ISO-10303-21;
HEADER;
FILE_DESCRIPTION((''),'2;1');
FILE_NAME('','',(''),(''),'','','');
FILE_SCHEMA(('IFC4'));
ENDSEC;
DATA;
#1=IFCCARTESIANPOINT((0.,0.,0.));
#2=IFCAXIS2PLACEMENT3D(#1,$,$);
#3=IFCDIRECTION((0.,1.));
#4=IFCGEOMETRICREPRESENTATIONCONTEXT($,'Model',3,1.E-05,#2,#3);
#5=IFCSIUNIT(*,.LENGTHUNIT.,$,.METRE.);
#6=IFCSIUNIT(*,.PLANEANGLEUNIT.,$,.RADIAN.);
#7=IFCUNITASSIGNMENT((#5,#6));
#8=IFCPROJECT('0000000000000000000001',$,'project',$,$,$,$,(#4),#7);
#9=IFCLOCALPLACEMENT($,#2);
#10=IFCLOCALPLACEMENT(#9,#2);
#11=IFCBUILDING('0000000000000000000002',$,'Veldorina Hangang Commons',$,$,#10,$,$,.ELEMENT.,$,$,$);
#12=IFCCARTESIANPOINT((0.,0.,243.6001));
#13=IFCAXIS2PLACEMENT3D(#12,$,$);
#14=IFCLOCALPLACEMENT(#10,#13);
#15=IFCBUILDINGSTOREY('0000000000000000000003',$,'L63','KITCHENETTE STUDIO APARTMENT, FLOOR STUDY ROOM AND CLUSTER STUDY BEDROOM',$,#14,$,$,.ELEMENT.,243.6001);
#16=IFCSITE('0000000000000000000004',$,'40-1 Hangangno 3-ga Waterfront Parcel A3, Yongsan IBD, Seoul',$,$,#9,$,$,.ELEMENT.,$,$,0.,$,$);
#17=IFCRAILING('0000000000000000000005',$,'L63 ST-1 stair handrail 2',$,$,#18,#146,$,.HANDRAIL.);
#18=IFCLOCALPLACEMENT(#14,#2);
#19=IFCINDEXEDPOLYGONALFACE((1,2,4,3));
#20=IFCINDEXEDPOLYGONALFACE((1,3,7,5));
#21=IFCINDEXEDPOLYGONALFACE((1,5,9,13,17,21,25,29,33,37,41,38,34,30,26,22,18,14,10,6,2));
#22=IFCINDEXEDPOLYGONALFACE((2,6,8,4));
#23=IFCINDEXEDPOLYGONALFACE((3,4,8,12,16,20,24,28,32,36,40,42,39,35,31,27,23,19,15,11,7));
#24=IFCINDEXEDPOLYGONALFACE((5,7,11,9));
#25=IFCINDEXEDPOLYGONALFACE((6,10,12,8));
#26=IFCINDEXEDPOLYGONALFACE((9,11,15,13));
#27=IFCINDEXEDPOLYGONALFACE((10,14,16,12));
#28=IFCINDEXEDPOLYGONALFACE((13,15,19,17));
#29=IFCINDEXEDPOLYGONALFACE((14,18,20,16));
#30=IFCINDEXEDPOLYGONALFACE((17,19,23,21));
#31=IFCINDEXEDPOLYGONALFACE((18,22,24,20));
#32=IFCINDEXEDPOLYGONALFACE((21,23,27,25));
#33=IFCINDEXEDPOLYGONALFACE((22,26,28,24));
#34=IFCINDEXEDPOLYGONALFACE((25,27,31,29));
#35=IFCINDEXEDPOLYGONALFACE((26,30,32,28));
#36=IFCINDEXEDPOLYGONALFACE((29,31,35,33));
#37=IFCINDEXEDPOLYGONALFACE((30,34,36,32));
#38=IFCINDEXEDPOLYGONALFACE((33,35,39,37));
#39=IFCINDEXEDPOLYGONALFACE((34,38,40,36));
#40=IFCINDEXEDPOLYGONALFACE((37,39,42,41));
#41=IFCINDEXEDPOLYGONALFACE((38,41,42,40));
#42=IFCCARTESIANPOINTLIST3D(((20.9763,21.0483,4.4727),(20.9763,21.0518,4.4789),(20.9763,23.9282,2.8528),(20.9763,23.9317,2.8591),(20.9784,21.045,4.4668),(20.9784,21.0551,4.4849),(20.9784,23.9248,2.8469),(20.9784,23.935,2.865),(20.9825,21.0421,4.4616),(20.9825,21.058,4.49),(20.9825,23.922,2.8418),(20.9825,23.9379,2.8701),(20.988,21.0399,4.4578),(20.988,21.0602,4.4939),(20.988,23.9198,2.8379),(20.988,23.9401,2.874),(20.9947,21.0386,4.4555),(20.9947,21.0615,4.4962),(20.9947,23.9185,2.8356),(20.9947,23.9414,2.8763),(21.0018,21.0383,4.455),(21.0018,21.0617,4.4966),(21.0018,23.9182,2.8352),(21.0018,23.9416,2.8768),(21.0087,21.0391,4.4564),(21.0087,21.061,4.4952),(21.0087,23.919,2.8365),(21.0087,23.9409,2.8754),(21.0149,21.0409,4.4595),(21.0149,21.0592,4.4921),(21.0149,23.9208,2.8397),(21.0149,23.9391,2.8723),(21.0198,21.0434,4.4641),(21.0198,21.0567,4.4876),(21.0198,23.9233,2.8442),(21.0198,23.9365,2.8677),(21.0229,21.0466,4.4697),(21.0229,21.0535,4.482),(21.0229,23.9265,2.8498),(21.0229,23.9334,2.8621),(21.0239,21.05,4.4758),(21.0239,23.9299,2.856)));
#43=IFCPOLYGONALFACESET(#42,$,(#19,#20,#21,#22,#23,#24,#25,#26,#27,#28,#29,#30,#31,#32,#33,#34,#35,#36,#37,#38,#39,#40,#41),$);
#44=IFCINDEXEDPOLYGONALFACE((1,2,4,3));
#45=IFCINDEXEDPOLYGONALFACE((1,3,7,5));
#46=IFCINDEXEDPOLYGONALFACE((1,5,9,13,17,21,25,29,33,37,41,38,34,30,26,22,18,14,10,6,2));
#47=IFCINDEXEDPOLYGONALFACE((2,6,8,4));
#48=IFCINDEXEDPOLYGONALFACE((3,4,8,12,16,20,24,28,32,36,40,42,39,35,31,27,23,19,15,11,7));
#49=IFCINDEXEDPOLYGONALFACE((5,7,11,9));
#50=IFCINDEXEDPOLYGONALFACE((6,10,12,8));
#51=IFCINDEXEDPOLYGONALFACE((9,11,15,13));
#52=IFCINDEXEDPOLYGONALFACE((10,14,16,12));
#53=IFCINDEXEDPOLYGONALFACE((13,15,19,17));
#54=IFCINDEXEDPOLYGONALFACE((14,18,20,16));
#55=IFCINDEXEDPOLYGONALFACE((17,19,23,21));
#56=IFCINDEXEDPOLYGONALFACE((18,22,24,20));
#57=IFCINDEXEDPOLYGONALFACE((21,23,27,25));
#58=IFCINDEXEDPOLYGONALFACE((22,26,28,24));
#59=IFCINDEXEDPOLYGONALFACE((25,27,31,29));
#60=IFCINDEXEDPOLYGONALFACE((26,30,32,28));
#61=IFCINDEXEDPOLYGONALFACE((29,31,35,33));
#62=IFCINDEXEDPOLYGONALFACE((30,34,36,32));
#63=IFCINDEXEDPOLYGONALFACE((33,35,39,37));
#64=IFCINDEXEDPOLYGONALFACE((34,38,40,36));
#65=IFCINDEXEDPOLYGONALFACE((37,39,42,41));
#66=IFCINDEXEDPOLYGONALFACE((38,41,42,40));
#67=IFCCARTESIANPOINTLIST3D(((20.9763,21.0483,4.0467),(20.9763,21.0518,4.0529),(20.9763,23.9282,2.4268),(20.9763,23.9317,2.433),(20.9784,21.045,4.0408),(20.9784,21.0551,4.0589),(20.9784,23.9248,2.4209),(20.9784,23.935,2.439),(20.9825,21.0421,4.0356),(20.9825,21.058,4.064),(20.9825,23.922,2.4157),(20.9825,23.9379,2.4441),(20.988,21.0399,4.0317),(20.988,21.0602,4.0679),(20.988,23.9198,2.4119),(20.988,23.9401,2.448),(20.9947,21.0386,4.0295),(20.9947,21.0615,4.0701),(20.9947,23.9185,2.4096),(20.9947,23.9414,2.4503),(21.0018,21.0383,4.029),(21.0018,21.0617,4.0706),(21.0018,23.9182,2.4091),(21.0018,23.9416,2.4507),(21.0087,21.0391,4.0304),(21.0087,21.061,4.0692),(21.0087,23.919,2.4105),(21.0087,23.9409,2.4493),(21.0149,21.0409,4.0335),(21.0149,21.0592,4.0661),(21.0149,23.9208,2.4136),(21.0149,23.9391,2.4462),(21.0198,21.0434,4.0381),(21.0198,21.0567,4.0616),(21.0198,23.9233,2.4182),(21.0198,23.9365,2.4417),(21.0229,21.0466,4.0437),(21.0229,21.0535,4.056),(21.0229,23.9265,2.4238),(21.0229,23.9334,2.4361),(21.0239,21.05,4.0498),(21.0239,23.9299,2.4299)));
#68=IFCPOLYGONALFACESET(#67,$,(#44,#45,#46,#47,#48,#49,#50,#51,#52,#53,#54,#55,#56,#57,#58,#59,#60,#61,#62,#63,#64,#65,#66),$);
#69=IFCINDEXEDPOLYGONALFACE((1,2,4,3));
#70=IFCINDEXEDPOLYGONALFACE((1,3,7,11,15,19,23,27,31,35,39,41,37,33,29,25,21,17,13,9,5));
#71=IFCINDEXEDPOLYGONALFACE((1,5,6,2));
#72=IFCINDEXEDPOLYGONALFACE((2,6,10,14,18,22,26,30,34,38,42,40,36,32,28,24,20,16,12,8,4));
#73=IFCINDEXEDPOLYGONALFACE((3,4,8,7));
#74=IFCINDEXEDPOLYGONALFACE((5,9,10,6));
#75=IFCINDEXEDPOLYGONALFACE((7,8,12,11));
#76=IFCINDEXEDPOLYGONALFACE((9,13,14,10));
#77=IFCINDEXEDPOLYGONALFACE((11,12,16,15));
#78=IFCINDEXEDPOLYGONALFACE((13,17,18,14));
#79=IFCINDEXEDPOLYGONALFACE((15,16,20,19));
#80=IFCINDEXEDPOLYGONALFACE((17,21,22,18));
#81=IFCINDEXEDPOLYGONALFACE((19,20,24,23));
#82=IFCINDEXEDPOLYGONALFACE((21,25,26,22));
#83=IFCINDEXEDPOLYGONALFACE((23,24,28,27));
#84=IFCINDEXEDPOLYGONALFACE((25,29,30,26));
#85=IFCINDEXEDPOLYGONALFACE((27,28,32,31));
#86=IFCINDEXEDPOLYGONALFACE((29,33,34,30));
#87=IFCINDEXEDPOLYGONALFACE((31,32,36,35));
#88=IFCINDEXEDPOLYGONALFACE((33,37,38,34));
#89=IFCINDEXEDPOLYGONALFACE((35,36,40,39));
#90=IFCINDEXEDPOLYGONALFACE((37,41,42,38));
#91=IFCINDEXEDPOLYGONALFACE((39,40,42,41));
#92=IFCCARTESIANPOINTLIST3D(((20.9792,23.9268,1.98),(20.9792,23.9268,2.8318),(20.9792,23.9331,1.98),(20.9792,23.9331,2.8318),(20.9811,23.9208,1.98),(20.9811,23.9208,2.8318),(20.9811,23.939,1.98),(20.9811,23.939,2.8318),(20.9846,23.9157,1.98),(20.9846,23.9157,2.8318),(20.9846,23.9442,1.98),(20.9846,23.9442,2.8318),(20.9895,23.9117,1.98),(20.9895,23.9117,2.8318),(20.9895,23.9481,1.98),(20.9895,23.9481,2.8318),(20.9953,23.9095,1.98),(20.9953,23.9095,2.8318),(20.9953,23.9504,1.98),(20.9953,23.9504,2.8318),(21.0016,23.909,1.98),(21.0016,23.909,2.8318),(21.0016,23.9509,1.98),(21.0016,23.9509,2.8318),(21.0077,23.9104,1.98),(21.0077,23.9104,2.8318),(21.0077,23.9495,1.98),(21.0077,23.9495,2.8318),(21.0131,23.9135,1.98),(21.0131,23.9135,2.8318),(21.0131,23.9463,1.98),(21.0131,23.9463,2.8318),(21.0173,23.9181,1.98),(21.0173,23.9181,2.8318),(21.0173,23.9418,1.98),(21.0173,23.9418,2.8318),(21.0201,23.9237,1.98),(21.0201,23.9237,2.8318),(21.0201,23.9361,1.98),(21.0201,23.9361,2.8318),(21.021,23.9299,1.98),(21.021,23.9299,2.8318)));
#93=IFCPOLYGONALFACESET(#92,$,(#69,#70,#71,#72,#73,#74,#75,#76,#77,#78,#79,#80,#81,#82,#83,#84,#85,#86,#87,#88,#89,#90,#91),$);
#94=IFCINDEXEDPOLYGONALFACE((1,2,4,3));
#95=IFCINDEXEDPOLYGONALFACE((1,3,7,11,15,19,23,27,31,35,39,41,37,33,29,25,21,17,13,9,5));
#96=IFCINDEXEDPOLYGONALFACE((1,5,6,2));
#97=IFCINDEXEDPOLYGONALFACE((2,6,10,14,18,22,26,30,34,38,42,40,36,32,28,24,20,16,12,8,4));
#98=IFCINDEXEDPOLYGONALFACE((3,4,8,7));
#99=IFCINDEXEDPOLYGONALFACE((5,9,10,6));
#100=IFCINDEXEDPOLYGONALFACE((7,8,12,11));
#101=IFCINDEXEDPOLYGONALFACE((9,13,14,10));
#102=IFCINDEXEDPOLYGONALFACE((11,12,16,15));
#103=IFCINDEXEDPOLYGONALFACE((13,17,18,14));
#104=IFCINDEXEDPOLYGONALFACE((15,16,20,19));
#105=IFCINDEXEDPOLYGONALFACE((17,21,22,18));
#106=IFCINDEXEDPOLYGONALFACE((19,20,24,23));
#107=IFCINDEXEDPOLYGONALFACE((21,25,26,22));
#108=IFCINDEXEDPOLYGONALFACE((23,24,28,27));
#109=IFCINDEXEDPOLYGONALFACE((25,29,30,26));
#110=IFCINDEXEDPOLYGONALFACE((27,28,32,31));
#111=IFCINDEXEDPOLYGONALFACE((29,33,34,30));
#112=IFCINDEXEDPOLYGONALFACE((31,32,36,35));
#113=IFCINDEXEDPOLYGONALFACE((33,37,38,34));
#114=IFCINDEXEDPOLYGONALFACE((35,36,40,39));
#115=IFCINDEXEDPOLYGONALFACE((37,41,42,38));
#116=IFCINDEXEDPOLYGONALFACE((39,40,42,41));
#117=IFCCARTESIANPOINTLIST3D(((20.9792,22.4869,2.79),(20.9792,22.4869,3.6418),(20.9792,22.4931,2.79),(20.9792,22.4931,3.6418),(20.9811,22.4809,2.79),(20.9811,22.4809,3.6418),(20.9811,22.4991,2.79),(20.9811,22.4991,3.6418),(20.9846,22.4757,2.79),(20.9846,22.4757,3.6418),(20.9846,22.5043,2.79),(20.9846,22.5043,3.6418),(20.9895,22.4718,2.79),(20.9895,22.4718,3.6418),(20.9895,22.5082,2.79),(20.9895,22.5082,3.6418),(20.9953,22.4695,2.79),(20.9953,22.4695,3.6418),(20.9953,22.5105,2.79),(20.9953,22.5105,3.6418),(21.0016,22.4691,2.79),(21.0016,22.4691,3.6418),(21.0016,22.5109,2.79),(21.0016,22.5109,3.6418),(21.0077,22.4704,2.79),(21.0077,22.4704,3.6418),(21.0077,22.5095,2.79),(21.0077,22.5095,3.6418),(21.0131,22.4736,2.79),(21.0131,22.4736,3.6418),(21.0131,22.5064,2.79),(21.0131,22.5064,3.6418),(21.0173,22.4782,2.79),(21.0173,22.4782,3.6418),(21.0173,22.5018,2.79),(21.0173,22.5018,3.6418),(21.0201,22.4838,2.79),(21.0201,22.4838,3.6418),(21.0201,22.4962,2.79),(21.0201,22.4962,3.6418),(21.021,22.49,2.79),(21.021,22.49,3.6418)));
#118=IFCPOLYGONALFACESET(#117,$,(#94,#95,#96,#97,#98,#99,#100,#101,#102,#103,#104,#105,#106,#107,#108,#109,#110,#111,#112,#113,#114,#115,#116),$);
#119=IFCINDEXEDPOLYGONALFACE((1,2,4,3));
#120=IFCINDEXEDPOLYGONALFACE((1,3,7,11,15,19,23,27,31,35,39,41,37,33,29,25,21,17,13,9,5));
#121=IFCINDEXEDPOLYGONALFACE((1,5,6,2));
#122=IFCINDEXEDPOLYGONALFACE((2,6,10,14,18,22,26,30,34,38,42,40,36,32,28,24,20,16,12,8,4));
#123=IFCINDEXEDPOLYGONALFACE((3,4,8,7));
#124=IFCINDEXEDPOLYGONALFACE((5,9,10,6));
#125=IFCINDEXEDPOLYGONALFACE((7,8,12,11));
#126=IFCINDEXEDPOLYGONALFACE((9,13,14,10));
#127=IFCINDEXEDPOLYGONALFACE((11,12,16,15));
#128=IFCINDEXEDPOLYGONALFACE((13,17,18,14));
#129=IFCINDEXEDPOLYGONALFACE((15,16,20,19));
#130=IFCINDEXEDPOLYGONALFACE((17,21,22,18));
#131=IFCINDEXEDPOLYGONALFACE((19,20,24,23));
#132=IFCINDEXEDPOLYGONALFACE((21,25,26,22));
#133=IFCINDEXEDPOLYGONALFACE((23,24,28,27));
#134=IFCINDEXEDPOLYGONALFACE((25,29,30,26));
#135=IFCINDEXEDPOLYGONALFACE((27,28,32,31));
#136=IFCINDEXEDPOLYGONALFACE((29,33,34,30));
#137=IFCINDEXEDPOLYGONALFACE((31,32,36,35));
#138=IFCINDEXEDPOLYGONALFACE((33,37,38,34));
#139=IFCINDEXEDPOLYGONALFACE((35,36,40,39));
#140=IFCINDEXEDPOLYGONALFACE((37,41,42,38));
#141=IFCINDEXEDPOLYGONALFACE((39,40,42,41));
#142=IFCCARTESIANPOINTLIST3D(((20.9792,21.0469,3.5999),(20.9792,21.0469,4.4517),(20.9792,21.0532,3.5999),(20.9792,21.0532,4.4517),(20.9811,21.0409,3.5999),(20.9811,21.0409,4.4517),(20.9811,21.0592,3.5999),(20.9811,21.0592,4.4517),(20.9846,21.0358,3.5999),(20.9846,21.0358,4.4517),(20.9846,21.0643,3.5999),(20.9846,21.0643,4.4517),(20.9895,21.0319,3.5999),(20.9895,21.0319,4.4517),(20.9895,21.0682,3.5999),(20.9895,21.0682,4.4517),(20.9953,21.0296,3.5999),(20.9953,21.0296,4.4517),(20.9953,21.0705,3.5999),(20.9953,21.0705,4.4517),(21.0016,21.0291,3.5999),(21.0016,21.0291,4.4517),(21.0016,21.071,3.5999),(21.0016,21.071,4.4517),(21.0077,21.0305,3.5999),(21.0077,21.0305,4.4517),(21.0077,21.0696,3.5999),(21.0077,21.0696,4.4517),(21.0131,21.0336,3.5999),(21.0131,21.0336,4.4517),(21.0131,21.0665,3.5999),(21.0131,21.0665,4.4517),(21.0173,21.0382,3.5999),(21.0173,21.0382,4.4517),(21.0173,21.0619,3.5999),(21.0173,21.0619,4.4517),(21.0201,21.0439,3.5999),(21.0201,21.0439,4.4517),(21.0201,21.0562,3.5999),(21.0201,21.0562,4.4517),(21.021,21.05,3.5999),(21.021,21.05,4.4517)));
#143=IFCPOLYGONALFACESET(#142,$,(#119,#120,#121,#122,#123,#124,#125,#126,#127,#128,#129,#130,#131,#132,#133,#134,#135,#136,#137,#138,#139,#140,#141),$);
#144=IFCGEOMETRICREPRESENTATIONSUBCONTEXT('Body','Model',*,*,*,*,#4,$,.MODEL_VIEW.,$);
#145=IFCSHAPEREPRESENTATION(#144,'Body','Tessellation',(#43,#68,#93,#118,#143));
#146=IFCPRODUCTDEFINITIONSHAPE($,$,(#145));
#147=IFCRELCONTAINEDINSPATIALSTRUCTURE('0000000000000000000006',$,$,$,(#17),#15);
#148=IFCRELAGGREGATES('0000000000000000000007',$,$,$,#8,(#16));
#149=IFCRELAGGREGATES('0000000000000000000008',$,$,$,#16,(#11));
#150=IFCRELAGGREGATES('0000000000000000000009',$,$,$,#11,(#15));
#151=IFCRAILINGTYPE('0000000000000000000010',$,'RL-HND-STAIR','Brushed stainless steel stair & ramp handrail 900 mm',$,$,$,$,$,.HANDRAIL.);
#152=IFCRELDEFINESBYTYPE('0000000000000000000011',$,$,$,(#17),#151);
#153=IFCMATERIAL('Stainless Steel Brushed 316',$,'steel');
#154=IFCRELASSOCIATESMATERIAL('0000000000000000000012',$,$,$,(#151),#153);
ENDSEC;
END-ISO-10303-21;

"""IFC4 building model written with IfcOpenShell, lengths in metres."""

from ifc_helpers import new_model, si_unit, direction, frame, origin, origin_2d, place, context, subcontext, project, spatial, circle, extrude, material, type_object, element, save


model = new_model("IFC4")

# Units and contexts
model_context = context("Model", 3, precision=1e-05, world=origin(), true_north=direction((0.0, 1.0)))
body_context = subcontext(model_context, "Body", "Model", "MODEL_VIEW")
ifc_project = project(units=[si_unit("LENGTHUNIT", "METRE"), si_unit("PLANEANGLEUNIT", "RADIAN")], contexts=[model_context])

# Site, building, storey
site_placement = place(None, origin())
site = spatial("IfcSite", under=ifc_project, at=site_placement, Name="40-1 Hangangno 3-ga Waterfront Parcel A3, Yongsan IBD, Seoul", CompositionType="ELEMENT", RefElevation=0.0)
building_placement = place(site_placement, origin())
building = spatial("IfcBuilding", under=site, at=building_placement, Name="Veldorina Hangang Commons", CompositionType="ELEMENT")
storey_placement = place(building_placement, frame((0.0, 0.0, 243.6001)))
storey = spatial("IfcBuildingStorey", under=building, at=storey_placement, Name="L63", Description="KITCHENETTE STUDIO APARTMENT, FLOOR STUDY ROOM AND CLUSTER STUDY BEDROOM", CompositionType="ELEMENT", Elevation=243.6001)

# Railing
ifc_material_1 = material(Name="Stainless Steel Brushed 316", Category="steel")
railing_type = type_object("IfcRailingType", Name="RL-HND-STAIR", Description="Brushed stainless steel stair & ramp handrail 900 mm", PredefinedType="HANDRAIL", material=ifc_material_1)
railing_placement = place(storey_placement, frame((21.0, 23.9299, 1.98)))
element("IfcRailing", 1, at=railing_placement, inside=storey, type_object=railing_type, Name="L63 ST-1 stair handrail 2", PredefinedType="HANDRAIL", context=body_context, shape_type="SweptSolid", body=[
    extrude(circle(Radius=0.0239, at=origin_2d()), frame((0.0, 0.0, 0.876), z_axis=(0.0, -0.871583, 0.490247), x_axis=(1.0, 0.0, 0.0)), (0.0, 0.0, 1.0), 3.3042),
    extrude(circle(Radius=0.0239, at=origin_2d()), frame((0.0, 0.0, 0.45), z_axis=(0.0, -0.871583, 0.490247), x_axis=(1.0, 0.0, 0.0)), (0.0, 0.0, 1.0), 3.3042),
    extrude(circle(Radius=0.021, at=origin_2d()), origin(), (0.0, 0.0, 1.0), 0.8518),
    extrude(circle(Radius=0.021, at=origin_2d()), frame((0.0, -1.4399, 0.8101)), (0.0, 0.0, 1.0), 0.8518),
    extrude(circle(Radius=0.021, at=origin_2d()), frame((0.0, -2.8799, 1.6199)), (0.0, 0.0, 1.0), 0.8518),
])

save(model, "model.ifc")
